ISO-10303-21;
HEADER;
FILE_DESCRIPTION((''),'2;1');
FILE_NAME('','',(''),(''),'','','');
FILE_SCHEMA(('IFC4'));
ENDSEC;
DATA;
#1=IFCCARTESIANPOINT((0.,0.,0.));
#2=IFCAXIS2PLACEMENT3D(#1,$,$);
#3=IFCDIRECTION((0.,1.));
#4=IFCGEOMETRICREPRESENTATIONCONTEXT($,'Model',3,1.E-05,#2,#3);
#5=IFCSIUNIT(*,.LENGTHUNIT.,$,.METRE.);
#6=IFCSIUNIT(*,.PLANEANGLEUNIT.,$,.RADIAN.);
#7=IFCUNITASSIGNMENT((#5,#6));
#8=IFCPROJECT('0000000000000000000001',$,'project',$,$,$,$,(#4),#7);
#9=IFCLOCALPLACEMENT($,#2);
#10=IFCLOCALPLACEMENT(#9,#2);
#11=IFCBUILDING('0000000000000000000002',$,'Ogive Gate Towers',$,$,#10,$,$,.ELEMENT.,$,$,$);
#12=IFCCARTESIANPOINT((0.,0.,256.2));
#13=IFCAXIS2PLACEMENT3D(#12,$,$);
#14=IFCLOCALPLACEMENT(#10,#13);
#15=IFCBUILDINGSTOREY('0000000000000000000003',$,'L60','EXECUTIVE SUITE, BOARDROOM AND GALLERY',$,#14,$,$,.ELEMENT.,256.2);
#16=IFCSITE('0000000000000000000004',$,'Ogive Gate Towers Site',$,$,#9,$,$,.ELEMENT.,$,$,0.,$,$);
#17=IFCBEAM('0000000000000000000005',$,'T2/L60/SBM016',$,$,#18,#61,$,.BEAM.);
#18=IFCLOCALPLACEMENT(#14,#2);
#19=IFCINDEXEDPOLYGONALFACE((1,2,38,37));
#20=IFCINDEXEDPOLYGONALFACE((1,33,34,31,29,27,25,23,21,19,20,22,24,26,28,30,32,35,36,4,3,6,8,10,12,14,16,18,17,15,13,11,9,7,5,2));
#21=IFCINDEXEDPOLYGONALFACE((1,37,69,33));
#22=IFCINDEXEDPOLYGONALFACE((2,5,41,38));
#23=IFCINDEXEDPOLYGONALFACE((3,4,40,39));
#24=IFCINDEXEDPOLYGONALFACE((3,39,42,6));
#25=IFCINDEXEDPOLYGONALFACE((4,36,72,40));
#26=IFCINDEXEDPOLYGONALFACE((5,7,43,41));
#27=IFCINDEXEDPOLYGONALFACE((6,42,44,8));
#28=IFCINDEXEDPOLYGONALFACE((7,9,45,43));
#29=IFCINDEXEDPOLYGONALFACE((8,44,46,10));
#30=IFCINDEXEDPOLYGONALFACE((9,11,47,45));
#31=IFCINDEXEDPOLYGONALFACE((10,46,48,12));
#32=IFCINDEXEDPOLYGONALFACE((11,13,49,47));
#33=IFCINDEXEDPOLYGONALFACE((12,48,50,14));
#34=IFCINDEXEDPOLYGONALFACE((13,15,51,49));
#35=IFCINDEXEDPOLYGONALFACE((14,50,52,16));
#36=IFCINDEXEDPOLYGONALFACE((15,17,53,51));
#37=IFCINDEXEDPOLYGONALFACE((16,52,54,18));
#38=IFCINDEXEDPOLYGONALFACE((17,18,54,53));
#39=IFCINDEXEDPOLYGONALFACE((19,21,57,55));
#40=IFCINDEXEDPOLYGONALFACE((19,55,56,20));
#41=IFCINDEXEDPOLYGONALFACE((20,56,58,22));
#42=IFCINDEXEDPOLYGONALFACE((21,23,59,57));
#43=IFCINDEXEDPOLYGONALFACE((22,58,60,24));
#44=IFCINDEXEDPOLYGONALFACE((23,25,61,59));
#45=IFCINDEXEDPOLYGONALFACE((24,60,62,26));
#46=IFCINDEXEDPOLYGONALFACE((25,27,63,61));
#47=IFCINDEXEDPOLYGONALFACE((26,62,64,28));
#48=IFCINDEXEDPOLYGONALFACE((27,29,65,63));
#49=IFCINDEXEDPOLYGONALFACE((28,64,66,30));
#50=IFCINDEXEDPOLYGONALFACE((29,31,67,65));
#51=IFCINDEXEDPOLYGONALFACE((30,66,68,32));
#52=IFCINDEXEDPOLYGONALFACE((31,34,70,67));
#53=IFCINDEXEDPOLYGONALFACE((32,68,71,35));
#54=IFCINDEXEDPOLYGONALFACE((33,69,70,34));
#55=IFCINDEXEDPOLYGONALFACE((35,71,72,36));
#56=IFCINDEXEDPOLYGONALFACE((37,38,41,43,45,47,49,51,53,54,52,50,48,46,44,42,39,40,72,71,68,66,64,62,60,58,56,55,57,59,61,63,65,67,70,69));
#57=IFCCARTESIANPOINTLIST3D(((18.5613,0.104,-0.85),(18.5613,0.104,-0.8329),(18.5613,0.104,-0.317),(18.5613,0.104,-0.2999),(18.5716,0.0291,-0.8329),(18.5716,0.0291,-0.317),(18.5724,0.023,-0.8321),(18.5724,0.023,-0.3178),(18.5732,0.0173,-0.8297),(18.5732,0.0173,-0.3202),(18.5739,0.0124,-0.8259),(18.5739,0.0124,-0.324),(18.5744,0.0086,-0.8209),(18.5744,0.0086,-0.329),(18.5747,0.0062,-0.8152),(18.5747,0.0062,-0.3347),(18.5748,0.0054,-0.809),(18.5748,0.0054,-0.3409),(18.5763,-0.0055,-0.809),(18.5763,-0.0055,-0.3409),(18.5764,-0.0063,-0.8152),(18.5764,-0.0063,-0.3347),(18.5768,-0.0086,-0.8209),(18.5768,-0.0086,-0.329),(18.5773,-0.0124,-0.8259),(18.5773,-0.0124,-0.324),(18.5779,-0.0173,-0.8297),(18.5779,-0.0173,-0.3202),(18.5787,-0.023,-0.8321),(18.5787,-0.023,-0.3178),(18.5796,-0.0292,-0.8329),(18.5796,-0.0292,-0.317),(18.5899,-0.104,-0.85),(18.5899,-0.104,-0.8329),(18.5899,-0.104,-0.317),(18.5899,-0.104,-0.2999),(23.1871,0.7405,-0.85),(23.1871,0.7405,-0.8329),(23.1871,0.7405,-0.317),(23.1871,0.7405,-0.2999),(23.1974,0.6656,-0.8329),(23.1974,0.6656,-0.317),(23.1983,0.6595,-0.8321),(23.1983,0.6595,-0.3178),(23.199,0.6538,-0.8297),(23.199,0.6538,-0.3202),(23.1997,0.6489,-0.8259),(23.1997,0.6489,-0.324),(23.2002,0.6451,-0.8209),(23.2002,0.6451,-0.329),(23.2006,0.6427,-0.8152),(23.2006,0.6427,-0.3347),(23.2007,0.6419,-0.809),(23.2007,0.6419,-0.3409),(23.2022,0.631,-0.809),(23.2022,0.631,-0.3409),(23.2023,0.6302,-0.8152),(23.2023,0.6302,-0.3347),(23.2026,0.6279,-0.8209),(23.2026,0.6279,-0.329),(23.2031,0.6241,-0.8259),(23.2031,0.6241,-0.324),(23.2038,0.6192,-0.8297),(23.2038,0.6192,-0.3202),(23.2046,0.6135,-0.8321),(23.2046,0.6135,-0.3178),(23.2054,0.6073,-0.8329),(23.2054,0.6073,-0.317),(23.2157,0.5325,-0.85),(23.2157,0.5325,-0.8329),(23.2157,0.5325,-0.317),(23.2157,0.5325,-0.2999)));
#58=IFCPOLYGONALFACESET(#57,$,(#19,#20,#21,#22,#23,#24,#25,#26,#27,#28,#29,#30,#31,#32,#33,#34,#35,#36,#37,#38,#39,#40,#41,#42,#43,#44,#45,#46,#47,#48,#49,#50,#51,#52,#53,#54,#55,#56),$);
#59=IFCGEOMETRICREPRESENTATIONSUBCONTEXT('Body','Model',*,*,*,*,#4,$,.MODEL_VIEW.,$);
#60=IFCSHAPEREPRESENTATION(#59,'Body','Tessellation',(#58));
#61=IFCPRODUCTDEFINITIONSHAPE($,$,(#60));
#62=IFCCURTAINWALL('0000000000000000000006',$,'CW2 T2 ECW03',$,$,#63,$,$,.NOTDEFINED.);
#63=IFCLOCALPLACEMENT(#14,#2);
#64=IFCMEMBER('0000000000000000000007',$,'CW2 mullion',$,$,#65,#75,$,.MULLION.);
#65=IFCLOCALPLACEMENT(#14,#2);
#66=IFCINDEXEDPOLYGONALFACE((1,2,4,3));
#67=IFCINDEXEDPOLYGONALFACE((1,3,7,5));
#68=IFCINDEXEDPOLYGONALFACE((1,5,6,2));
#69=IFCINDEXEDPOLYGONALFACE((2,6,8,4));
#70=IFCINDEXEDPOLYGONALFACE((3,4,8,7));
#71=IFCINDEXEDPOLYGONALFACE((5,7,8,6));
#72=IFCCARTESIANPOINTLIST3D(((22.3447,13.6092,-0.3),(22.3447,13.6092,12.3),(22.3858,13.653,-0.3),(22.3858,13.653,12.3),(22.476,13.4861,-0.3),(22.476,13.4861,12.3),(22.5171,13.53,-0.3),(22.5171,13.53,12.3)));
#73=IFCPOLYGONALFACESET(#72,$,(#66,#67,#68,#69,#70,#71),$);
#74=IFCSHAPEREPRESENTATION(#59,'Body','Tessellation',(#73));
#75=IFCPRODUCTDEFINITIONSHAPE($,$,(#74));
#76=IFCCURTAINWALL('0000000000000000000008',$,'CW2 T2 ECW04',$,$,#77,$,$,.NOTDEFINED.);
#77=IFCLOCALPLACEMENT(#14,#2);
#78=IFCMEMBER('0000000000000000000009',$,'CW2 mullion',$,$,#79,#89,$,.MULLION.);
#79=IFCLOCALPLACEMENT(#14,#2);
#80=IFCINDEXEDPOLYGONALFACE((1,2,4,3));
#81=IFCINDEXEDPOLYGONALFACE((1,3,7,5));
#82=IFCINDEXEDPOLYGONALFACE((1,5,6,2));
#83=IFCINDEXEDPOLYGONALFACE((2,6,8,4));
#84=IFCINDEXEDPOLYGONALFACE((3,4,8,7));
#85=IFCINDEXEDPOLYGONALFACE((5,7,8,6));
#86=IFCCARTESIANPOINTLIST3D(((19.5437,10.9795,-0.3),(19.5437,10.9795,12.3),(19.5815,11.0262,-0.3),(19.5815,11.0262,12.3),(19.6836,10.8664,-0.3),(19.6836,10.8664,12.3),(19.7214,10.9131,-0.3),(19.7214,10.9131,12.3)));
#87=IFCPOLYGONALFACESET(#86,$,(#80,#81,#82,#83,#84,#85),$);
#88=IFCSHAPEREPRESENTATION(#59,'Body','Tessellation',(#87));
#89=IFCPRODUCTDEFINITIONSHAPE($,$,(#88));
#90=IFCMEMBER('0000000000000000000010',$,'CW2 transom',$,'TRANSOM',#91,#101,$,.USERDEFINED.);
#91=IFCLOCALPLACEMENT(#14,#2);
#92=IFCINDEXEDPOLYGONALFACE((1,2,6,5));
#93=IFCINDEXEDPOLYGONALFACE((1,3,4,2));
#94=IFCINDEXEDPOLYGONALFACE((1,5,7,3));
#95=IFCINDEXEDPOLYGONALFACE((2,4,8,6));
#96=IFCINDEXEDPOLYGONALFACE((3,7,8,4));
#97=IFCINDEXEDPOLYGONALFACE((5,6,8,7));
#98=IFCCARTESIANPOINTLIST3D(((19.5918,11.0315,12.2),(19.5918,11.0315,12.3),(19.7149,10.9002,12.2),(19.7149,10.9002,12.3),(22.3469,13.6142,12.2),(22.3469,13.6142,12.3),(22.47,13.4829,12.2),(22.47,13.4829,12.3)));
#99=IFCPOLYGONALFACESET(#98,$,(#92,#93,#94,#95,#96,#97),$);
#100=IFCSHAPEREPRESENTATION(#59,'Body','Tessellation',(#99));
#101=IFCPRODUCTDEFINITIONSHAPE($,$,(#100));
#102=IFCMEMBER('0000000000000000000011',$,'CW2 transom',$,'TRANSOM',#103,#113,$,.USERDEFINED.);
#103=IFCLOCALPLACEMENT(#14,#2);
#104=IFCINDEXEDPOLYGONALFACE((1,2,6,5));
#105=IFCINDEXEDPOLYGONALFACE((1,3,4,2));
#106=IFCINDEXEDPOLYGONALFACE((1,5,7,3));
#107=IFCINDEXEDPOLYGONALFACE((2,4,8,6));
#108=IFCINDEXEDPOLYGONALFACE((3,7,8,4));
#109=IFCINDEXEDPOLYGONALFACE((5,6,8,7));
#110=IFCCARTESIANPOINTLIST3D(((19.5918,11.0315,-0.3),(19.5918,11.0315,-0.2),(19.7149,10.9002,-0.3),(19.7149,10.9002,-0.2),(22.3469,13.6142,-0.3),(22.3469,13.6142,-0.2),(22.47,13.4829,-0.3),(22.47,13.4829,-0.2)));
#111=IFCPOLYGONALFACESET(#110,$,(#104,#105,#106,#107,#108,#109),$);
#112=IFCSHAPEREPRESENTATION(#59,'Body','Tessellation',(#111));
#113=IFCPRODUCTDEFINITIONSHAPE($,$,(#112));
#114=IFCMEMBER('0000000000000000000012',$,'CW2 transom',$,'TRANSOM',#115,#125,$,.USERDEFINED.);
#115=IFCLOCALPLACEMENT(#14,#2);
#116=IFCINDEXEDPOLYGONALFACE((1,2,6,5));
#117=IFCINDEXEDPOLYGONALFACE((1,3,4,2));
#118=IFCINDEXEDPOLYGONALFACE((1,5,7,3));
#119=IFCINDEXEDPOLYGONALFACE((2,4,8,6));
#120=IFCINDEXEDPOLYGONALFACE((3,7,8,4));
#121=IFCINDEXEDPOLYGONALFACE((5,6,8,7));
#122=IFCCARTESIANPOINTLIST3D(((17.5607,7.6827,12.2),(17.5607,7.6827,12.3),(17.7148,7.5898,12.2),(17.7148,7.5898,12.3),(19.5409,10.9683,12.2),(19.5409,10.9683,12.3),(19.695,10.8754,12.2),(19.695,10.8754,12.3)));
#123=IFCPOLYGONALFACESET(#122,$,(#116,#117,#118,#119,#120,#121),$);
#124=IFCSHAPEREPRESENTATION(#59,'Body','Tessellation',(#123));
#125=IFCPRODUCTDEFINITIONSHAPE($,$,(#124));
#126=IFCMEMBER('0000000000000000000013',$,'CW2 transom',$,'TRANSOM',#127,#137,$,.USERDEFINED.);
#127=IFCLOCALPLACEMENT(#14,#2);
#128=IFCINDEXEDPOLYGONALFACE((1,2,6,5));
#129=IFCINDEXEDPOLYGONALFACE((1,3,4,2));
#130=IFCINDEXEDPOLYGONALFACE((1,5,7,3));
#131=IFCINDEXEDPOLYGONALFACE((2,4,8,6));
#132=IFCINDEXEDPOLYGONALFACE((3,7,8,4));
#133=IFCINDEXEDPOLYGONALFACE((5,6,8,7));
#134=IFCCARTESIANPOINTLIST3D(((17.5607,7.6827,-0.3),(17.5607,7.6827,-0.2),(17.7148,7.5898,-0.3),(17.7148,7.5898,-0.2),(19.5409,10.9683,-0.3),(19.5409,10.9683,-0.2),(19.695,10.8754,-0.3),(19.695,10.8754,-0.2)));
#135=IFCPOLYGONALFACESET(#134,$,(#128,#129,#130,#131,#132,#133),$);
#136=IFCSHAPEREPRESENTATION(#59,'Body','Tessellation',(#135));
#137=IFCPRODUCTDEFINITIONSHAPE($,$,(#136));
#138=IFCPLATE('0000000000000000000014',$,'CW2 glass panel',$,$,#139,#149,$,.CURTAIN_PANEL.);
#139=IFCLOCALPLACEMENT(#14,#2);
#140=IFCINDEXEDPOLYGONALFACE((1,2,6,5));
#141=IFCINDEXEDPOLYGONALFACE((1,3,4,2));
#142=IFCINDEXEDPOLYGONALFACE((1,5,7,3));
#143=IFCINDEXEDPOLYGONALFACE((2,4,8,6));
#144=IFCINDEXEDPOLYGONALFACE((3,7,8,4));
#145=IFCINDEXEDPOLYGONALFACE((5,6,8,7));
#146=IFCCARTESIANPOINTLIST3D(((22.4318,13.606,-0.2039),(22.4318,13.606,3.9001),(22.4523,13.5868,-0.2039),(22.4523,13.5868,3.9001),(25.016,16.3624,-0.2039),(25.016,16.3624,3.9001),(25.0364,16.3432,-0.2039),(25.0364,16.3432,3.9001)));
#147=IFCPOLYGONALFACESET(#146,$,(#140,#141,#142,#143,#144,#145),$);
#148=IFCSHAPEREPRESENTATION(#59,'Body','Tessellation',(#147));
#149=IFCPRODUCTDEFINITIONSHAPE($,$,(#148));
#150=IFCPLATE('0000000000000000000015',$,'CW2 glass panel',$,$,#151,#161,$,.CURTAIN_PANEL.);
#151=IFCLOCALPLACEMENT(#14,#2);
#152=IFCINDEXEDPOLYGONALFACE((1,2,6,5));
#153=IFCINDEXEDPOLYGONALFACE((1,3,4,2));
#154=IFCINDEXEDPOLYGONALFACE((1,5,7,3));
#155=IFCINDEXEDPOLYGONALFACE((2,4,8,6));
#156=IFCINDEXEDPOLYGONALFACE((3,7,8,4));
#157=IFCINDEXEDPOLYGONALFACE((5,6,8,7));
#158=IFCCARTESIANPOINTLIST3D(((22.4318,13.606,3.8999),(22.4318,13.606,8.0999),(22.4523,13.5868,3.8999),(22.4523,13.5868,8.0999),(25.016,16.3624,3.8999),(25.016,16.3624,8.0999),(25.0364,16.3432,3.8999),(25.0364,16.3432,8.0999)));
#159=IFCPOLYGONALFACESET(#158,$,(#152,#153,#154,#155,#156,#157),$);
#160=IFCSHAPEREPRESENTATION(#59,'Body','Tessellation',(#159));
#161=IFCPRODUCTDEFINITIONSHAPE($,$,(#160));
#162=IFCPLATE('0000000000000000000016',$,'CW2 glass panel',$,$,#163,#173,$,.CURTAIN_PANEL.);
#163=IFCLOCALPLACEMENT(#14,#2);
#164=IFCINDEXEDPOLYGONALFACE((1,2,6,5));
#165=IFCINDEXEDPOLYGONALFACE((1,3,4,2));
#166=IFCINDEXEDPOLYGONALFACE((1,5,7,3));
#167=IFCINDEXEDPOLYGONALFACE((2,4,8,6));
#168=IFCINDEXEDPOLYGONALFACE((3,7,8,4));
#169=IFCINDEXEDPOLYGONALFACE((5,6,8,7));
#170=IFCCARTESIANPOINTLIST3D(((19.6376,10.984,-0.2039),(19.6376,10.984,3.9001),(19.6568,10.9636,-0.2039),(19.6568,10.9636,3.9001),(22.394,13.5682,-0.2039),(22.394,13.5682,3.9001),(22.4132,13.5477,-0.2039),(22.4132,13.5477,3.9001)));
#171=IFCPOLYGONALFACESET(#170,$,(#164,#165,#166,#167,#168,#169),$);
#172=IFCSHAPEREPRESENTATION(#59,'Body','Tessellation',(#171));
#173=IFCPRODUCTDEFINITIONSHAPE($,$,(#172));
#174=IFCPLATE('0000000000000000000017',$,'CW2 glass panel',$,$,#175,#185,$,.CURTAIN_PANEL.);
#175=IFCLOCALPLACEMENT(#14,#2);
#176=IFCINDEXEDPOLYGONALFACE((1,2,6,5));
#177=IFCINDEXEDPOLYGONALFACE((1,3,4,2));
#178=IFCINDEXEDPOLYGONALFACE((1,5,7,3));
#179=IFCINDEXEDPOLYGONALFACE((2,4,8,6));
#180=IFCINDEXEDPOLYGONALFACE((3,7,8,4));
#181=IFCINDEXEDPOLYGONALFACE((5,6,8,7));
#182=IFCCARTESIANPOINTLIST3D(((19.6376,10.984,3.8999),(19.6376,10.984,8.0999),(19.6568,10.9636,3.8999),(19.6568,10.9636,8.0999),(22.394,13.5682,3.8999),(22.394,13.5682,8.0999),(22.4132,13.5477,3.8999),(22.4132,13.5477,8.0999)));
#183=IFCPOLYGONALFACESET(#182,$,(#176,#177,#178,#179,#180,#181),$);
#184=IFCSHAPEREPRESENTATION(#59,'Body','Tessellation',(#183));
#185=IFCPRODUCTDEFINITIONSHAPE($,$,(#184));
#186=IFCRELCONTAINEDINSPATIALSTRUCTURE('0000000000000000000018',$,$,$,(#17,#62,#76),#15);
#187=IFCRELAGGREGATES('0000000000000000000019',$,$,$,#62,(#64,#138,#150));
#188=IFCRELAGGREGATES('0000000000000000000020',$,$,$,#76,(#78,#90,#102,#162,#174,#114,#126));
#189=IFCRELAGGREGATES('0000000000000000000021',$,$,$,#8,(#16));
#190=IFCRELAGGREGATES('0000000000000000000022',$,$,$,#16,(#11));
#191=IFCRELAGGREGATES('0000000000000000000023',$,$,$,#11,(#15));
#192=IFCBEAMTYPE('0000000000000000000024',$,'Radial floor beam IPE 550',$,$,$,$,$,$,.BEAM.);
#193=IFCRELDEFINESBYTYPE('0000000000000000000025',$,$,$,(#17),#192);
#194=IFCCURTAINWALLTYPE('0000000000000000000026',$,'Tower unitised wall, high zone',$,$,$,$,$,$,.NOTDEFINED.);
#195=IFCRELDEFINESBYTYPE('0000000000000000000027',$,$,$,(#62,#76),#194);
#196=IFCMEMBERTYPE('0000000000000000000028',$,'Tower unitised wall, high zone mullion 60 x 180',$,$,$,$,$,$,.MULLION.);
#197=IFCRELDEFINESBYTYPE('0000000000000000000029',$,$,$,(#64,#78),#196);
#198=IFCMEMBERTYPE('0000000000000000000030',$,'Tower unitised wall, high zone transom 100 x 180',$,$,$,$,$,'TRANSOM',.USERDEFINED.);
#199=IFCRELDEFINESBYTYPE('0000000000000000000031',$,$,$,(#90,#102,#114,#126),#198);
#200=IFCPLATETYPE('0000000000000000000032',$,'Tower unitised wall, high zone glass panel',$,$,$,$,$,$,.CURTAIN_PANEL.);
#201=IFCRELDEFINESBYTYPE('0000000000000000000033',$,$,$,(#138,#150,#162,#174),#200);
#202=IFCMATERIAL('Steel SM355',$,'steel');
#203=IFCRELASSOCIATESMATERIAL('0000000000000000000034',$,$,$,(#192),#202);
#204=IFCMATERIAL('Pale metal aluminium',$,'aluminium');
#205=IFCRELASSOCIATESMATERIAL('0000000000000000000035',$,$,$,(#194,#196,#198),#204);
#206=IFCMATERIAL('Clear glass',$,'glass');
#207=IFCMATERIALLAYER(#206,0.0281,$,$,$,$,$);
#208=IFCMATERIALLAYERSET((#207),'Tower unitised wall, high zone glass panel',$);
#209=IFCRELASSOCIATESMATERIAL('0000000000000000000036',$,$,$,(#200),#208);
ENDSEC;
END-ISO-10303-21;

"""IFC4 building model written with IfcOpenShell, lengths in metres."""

from ifc_helpers import new_model, si_unit, direction, frame, origin, origin_2d, place, context, subcontext, project, spatial, rectangle, i_section, extrude, material, layer, layer_set, material_profile, profile_set, type_object, element, aggregate, save


model = new_model("IFC4")

# Units and contexts
model_context = context("Model", 3, precision=1e-05, world=origin(), true_north=direction((0.0, 1.0)))
body_context = subcontext(model_context, "Body", "Model", "MODEL_VIEW")
ifc_project = project(units=[si_unit("LENGTHUNIT", "METRE"), si_unit("PLANEANGLEUNIT", "RADIAN")], contexts=[model_context])

# Site, building, storey
site_placement = place(None, origin())
site = spatial("IfcSite", under=ifc_project, at=site_placement, Name="Ogive Gate Towers Site", CompositionType="ELEMENT", RefElevation=0.0)
building_placement = place(site_placement, origin())
building = spatial("IfcBuilding", under=site, at=building_placement, Name="Ogive Gate Towers", CompositionType="ELEMENT")
storey_placement = place(building_placement, frame((0.0, 0.0, 256.2)))
storey = spatial("IfcBuildingStorey", under=building, at=storey_placement, Name="L60", Description="EXECUTIVE SUITE, BOARDROOM AND GALLERY", CompositionType="ELEMENT", Elevation=256.2)

# Beam
ifc_material_1 = material(Name="Steel SM355", Category="steel")
ifc_material_profile_1 = material_profile(ifc_material_1, i_section(OverallWidth=0.21, OverallDepth=0.55, WebThickness=0.011, FlangeThickness=0.0171, FilletRadius=0.0239, at=origin_2d()), Name="IPE 550")
ifc_profile_set_1 = profile_set([ifc_material_profile_1], Name="Steel SM355")
beam_type = type_object("IfcBeamType", Name="Radial floor beam IPE 550", PredefinedType="BEAM", material=ifc_profile_set_1)
beam_placement = place(storey_placement, frame((23.2014, 0.6365, -0.575), z_axis=(-0.990666, -0.13631, 0.0), x_axis=(0.13631, -0.990666, 0.0)))
element("IfcBeam", 1, at=beam_placement, inside=storey, type_object=beam_type, Name="T2/L60/SBM016", PredefinedType="BEAM", context=body_context, shape_type="SweptSolid", body=[
    extrude(i_section(OverallWidth=0.21, OverallDepth=0.55, WebThickness=0.011, FlangeThickness=0.0171, FilletRadius=0.0239, at=origin_2d()), origin(), (0.0, 0.0, 1.0), 4.6694),
])

# Curtain wall, member
ifc_material_2 = material(Name="Pale metal aluminium", Category="aluminium")
curtain_wall_type = type_object("IfcCurtainWallType", Name="Tower unitised wall, high zone", PredefinedType="NOTDEFINED", material=ifc_material_2)
curtain_wall_1_placement = place(storey_placement, origin())
curtain_wall_1 = element("IfcCurtainWall", 2, at=curtain_wall_1_placement, inside=storey, type_object=curtain_wall_type, Name="CW2 T2 ECW03", PredefinedType="NOTDEFINED")
ifc_material_profile_2 = material_profile(ifc_material_2, rectangle(XDim=0.1799, YDim=0.0601, at=origin_2d()), Name="60 x 180 aluminium box")
ifc_profile_set_2 = profile_set([ifc_material_profile_2], Name="Pale metal aluminium")
member_type_1 = type_object("IfcMemberType", Name="Tower unitised wall, high zone mullion 60 x 180", PredefinedType="MULLION", material=ifc_profile_set_2)
member_1_placement = place(storey_placement, frame((22.4309, 13.5696, -0.3), z_axis=(0.0, 0.0, 1.0), x_axis=(-0.729542, 0.683936, 0.0)))
member_1 = element("IfcMember", 3, at=member_1_placement, type_object=member_type_1, Name="CW2 mullion", PredefinedType="MULLION", context=body_context, shape_type="SweptSolid", body=[
    extrude(rectangle(XDim=0.1799, YDim=0.0601, at=origin_2d()), origin(), (0.0, 0.0, 1.0), 12.6001),
])

# Curtain wall, members
curtain_wall_2_placement = place(storey_placement, origin())
curtain_wall_2 = element("IfcCurtainWall", 4, at=curtain_wall_2_placement, inside=storey, type_object=curtain_wall_type, Name="CW2 T2 ECW04", PredefinedType="NOTDEFINED")
member_2_placement = place(storey_placement, frame((19.6326, 10.9463, -0.3), z_axis=(0.0, 0.0, 1.0), x_axis=(-0.777574, 0.628791, 0.0)))
member_2 = element("IfcMember", 5, at=member_2_placement, type_object=member_type_1, Name="CW2 mullion", PredefinedType="MULLION", context=body_context, shape_type="SweptSolid", body=[
    extrude(rectangle(XDim=0.1799, YDim=0.0601, at=origin_2d()), origin(), (0.0, 0.0, 1.0), 12.6001),
])
ifc_material_profile_3 = material_profile(ifc_material_2, rectangle(XDim=0.1799, YDim=0.1001, at=origin_2d()), Name="100 x 180 aluminium box")
ifc_profile_set_3 = profile_set([ifc_material_profile_3], Name="Pale metal aluminium")
member_type_2 = type_object("IfcMemberType", Name="Tower unitised wall, high zone transom 100 x 180", ElementType="TRANSOM", PredefinedType="USERDEFINED", material=ifc_profile_set_3)
member_3_placement = place(storey_placement, frame((22.4084, 13.5486, 12.25), z_axis=(-0.729559, -0.683917, 0.0), x_axis=(0.683917, -0.729559, 0.0)))
member_3 = element("IfcMember", 6, at=member_3_placement, type_object=member_type_2, Name="CW2 transom", ObjectType="TRANSOM", PredefinedType="USERDEFINED", context=body_context, shape_type="SweptSolid", body=[
    extrude(rectangle(XDim=0.1799, YDim=0.1001, at=origin_2d()), origin(), (0.0, 0.0, 1.0), 3.7764),
])
member_4_placement = place(storey_placement, frame((22.4084, 13.5486, -0.25), z_axis=(-0.729559, -0.683917, 0.0), x_axis=(0.683917, -0.729559, 0.0)))
member_4 = element("IfcMember", 7, at=member_4_placement, type_object=member_type_2, Name="CW2 transom", ObjectType="TRANSOM", PredefinedType="USERDEFINED", context=body_context, shape_type="SweptSolid", body=[
    extrude(rectangle(XDim=0.1799, YDim=0.1001, at=origin_2d()), origin(), (0.0, 0.0, 1.0), 3.7764),
])
member_5_placement = place(storey_placement, frame((19.6179, 10.9219, 12.25), z_axis=(-0.516189, -0.856475, 0.0), x_axis=(0.856475, -0.516189, 0.0)))
member_5 = element("IfcMember", 8, at=member_5_placement, type_object=member_type_2, Name="CW2 transom", ObjectType="TRANSOM", PredefinedType="USERDEFINED", context=body_context, shape_type="SweptSolid", body=[
    extrude(rectangle(XDim=0.1799, YDim=0.1001, at=origin_2d()), origin(), (0.0, 0.0, 1.0), 3.8362),
])
member_6_placement = place(storey_placement, frame((19.6179, 10.9219, -0.25), z_axis=(-0.516189, -0.856475, 0.0), x_axis=(0.856475, -0.516189, 0.0)))
member_6 = element("IfcMember", 9, at=member_6_placement, type_object=member_type_2, Name="CW2 transom", ObjectType="TRANSOM", PredefinedType="USERDEFINED", context=body_context, shape_type="SweptSolid", body=[
    extrude(rectangle(XDim=0.1799, YDim=0.1001, at=origin_2d()), origin(), (0.0, 0.0, 1.0), 3.8362),
])

# Plates
ifc_material_3 = material(Name="Clear glass", Category="glass")
ifc_layer_1 = layer(ifc_material_3, 0.0281)
ifc_layer_set_1 = layer_set([ifc_layer_1], Name="Tower unitised wall, high zone glass panel")
plate_type = type_object("IfcPlateType", Name="Tower unitised wall, high zone glass panel", PredefinedType="CURTAIN_PANEL", material=ifc_layer_set_1)
plate_1_placement = place(storey_placement, frame((23.7341, 14.9746, -0.2039), z_axis=(0.0, 0.0, 1.0), x_axis=(-0.683936, -0.729542, 0.0)))
plate_1 = element("IfcPlate", 10, at=plate_1_placement, type_object=plate_type, Name="CW2 glass panel", PredefinedType="CURTAIN_PANEL", context=body_context, shape_type="SweptSolid", body=[
    extrude(rectangle(XDim=3.7783, YDim=0.0281, at=origin_2d()), origin(), (0.0, 0.0, 1.0), 4.104),
])
plate_2_placement = place(storey_placement, frame((23.7341, 14.9746, 3.8999), z_axis=(0.0, 0.0, 1.0), x_axis=(-0.683936, -0.729542, 0.0)))
plate_2 = element("IfcPlate", 11, at=plate_2_placement, type_object=plate_type, Name="CW2 glass panel", PredefinedType="CURTAIN_PANEL", context=body_context, shape_type="SweptSolid", body=[
    extrude(rectangle(XDim=3.7783, YDim=0.0281, at=origin_2d()), origin(), (0.0, 0.0, 1.0), 4.2),
])
aggregate(curtain_wall_1, [member_1, plate_1, plate_2])
plate_3_placement = place(storey_placement, frame((21.0254, 12.2659, -0.2039), z_axis=(0.0, 0.0, 1.0), x_axis=(-0.729542, -0.683936, 0.0)))
plate_3 = element("IfcPlate", 12, at=plate_3_placement, type_object=plate_type, Name="CW2 glass panel", PredefinedType="CURTAIN_PANEL", context=body_context, shape_type="SweptSolid", body=[
    extrude(rectangle(XDim=3.7783, YDim=0.0281, at=origin_2d()), origin(), (0.0, 0.0, 1.0), 4.104),
])
plate_4_placement = place(storey_placement, frame((21.0254, 12.2659, 3.8999), z_axis=(0.0, 0.0, 1.0), x_axis=(-0.729542, -0.683936, 0.0)))
plate_4 = element("IfcPlate", 13, at=plate_4_placement, type_object=plate_type, Name="CW2 glass panel", PredefinedType="CURTAIN_PANEL", context=body_context, shape_type="SweptSolid", body=[
    extrude(rectangle(XDim=3.7783, YDim=0.0281, at=origin_2d()), origin(), (0.0, 0.0, 1.0), 4.2),
])
aggregate(curtain_wall_2, [member_2, member_3, member_4, plate_3, plate_4, member_5, member_6])

save(model, "model.ifc")
